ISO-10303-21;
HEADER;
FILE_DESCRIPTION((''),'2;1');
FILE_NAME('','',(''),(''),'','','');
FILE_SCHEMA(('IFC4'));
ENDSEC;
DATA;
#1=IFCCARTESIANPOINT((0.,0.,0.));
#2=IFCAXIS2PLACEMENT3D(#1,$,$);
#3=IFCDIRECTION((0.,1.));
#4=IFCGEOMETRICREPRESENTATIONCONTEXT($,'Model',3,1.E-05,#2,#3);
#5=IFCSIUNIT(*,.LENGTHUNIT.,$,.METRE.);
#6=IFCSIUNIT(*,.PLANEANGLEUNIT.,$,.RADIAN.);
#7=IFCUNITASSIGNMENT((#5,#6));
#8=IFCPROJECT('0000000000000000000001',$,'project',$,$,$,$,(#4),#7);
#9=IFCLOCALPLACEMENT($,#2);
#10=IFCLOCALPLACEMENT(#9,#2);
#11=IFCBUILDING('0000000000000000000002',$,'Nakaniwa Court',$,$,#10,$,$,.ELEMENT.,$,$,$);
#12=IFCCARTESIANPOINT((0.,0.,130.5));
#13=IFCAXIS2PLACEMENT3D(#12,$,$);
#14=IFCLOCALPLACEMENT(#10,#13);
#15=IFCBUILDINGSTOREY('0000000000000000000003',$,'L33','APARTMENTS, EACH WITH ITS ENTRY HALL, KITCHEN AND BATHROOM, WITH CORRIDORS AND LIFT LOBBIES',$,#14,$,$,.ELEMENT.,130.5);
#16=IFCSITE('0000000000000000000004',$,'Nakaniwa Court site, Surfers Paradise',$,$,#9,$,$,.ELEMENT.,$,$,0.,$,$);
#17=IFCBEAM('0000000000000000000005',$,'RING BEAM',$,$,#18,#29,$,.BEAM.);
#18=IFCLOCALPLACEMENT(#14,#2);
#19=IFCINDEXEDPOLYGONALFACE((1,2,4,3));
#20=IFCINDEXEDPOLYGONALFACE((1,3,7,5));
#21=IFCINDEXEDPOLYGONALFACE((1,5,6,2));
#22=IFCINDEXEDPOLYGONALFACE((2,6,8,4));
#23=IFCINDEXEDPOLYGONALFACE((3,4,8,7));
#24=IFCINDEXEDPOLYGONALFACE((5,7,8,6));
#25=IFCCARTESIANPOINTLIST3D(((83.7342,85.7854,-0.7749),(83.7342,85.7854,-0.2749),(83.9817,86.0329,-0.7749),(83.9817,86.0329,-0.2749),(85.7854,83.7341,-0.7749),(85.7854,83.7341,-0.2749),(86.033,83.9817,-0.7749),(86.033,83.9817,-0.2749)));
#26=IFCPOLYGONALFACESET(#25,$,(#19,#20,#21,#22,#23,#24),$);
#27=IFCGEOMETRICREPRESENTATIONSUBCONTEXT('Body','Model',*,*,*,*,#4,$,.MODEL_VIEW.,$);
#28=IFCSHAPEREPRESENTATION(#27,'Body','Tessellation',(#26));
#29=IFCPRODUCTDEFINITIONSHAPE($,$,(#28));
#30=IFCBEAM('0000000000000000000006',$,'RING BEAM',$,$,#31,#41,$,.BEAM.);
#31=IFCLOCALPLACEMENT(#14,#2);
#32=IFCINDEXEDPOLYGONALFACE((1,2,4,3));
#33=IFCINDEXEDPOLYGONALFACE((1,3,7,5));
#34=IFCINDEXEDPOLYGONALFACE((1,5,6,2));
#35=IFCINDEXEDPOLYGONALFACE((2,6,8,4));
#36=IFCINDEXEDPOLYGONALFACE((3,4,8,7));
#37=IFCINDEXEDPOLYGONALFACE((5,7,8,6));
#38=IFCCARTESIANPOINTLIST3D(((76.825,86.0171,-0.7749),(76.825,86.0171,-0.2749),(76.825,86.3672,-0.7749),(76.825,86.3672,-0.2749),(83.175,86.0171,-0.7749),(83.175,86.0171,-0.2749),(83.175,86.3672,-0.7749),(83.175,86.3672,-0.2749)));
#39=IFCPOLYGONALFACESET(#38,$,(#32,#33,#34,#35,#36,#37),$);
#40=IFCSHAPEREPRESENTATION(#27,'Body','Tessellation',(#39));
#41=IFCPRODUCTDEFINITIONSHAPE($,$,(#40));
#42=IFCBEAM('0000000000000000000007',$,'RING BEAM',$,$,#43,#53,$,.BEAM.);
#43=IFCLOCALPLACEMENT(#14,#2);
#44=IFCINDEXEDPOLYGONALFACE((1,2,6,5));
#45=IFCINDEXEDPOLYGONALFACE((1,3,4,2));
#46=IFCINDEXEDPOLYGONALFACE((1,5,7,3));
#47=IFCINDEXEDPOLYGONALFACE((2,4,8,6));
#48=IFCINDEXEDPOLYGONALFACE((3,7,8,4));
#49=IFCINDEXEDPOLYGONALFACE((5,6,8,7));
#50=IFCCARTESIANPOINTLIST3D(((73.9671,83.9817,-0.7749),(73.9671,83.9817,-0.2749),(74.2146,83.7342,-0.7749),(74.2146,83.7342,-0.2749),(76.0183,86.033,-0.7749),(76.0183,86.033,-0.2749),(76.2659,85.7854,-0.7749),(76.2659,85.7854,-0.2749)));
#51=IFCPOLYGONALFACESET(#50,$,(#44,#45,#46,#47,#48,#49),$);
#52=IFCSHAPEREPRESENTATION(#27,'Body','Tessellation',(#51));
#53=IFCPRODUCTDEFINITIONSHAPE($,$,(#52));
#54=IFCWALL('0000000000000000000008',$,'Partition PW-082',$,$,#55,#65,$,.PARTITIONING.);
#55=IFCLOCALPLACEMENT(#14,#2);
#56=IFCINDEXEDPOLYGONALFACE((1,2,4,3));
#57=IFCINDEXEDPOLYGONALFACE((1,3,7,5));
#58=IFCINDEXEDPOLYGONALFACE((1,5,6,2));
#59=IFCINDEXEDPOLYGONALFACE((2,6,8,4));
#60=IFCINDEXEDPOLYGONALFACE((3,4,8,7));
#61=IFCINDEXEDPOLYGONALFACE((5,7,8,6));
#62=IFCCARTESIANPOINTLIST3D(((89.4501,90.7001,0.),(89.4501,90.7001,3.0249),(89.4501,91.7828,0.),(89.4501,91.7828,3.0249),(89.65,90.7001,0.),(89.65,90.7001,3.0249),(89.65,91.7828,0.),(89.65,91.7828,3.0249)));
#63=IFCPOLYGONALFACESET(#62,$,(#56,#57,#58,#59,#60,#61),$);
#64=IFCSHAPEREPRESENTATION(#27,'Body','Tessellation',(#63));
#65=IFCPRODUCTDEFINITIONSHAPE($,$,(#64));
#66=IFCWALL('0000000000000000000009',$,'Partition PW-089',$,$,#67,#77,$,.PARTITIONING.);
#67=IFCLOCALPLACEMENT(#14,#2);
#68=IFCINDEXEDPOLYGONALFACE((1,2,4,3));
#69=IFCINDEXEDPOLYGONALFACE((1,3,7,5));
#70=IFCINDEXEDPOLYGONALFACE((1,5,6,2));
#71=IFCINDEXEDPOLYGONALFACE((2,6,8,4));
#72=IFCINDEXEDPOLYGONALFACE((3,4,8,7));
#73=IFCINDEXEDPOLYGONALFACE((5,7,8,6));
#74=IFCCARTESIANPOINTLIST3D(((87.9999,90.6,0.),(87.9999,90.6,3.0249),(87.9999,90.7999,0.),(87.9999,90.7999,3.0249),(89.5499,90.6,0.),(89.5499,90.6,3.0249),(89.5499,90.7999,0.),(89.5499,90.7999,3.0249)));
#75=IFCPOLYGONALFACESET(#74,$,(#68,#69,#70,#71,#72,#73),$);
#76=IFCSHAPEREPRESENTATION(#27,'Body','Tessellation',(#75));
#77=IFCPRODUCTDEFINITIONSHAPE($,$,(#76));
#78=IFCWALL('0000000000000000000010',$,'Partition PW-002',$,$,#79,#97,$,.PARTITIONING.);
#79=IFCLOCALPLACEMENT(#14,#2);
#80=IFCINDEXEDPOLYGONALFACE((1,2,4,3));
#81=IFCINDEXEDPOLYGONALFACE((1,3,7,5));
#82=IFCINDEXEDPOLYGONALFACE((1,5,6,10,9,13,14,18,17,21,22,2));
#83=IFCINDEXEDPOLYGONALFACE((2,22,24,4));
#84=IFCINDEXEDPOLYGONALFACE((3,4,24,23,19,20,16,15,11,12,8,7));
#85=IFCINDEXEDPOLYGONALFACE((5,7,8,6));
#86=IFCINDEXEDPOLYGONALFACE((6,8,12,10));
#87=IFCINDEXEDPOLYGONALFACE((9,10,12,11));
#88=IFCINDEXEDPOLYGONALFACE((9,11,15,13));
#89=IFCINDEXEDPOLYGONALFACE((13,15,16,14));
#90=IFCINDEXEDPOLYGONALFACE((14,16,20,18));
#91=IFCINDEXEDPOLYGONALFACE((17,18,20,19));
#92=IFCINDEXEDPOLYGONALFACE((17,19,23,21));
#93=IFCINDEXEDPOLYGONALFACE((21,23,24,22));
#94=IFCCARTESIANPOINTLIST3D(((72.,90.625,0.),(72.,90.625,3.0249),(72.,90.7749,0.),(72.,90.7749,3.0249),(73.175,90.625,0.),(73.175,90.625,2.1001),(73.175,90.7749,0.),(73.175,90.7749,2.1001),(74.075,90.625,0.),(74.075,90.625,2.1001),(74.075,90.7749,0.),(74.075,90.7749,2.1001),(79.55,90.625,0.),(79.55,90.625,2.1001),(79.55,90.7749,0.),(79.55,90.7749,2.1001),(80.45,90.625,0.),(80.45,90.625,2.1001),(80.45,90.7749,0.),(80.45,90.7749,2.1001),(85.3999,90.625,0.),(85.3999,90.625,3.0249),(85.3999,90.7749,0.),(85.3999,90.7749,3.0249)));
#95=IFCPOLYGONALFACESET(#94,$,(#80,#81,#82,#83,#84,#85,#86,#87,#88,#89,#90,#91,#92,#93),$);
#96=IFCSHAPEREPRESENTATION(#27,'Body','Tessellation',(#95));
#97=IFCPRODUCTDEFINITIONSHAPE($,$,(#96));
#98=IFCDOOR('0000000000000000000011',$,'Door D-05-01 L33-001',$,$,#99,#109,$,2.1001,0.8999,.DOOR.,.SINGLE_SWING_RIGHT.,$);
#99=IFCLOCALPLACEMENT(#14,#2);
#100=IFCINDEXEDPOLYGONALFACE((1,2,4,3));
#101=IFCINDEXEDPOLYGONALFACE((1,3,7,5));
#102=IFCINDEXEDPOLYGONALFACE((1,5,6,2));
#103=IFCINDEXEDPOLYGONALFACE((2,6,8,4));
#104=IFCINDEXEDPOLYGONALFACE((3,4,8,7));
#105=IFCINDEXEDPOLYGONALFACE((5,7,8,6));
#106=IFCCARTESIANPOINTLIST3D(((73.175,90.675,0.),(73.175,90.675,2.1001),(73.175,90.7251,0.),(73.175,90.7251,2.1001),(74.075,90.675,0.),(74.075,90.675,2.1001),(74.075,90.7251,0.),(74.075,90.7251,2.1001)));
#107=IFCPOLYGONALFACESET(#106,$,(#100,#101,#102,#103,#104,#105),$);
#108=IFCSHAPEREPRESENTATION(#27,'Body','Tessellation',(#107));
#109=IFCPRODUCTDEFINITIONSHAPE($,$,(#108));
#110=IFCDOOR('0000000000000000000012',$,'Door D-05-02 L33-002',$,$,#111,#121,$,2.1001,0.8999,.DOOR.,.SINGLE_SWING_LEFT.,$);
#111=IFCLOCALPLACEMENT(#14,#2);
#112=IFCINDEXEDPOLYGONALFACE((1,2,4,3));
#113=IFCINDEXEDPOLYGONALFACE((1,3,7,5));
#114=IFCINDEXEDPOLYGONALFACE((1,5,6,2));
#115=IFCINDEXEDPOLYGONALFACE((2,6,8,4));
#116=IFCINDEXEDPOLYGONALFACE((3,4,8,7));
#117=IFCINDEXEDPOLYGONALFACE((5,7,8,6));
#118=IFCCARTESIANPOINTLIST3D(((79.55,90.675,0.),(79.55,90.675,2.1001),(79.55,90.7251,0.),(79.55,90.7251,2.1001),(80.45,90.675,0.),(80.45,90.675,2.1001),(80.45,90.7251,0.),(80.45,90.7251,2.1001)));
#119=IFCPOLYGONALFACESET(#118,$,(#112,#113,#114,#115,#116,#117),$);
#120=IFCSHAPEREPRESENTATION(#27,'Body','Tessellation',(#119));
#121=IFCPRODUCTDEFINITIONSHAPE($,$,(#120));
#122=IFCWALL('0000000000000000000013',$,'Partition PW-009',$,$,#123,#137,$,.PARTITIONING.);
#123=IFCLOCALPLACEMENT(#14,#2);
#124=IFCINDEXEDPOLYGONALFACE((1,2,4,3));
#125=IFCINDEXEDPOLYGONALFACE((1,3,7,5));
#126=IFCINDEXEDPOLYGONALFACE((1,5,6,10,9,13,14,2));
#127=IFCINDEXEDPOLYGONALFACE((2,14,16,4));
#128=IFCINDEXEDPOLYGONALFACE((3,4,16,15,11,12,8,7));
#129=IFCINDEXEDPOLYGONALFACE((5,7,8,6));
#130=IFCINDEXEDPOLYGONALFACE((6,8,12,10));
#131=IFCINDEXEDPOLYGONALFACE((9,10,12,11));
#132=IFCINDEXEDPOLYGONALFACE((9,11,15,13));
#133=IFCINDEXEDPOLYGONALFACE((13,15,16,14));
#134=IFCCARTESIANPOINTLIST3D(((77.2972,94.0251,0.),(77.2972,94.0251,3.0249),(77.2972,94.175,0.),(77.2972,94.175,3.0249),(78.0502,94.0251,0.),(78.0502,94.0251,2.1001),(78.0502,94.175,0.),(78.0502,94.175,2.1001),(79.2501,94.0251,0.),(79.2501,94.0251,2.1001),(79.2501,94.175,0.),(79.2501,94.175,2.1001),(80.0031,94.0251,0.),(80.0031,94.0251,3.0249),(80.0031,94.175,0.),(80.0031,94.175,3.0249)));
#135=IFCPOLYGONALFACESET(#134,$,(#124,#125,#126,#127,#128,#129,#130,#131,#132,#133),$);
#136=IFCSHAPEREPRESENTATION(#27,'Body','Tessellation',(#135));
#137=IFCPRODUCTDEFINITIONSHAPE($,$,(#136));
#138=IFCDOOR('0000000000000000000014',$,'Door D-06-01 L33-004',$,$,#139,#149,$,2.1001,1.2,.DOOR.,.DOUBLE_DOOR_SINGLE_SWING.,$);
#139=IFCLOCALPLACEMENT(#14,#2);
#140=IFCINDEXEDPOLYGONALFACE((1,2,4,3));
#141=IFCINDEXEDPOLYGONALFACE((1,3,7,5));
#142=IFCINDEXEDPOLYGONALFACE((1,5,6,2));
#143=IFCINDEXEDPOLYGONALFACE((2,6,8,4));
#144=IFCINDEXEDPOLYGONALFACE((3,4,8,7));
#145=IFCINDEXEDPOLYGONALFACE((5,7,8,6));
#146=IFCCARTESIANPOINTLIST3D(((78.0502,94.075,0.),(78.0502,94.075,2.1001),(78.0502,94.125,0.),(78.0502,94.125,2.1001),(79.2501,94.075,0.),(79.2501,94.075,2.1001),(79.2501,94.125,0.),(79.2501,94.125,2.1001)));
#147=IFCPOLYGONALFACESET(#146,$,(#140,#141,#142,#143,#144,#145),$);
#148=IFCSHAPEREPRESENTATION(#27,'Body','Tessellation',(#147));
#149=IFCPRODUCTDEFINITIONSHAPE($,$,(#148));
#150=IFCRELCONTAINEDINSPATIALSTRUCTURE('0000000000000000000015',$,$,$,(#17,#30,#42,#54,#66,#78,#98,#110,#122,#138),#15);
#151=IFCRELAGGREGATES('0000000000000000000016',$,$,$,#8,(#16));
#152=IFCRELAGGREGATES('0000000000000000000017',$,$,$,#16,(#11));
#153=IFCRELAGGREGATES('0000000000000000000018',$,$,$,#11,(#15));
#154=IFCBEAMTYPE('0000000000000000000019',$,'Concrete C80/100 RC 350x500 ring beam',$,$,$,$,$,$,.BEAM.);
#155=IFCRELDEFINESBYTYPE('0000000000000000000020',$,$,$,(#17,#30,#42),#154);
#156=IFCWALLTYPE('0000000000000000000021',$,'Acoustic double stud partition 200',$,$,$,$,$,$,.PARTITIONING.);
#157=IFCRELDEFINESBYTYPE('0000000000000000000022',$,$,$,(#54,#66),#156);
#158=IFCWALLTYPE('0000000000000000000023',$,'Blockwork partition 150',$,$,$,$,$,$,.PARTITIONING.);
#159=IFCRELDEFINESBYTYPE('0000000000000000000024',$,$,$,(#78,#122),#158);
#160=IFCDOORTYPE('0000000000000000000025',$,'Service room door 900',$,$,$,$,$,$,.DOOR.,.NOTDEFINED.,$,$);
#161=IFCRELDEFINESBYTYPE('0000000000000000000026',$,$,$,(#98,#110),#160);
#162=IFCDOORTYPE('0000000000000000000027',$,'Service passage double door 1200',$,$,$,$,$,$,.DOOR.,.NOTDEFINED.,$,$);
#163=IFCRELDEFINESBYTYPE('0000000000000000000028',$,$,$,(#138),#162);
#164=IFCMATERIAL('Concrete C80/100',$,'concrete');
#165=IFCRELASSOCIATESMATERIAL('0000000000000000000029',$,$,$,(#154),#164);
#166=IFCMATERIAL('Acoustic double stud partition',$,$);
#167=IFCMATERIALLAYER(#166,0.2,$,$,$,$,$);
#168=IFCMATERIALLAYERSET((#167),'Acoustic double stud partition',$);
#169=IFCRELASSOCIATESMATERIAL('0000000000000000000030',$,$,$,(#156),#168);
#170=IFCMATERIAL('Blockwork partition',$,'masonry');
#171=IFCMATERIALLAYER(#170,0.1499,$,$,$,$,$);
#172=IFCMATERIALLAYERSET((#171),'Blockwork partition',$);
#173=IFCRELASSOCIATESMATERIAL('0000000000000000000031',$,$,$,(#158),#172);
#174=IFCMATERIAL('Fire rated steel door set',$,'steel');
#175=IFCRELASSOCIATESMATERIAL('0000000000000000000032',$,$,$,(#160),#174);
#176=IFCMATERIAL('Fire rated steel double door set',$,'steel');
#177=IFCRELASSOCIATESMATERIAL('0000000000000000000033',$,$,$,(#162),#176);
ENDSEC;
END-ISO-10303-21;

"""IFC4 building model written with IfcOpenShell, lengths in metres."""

from ifc_helpers import new_model, si_unit, direction, frame, frame_2d, origin, origin_2d, place, context, subcontext, project, spatial, rectangle, extrude, material, layer, layer_set, material_profile, profile_set, type_object, element, fill, save


model = new_model("IFC4")

# Units and contexts
model_context = context("Model", 3, precision=1e-05, world=origin(), true_north=direction((0.0, 1.0)))
body_context = subcontext(model_context, "Body", "Model", "MODEL_VIEW")
ifc_project = project(units=[si_unit("LENGTHUNIT", "METRE"), si_unit("PLANEANGLEUNIT", "RADIAN")], contexts=[model_context])

# Site, building, storey
site_placement = place(None, origin())
site = spatial("IfcSite", under=ifc_project, at=site_placement, Name="Nakaniwa Court site, Surfers Paradise", CompositionType="ELEMENT", RefElevation=0.0)
building_placement = place(site_placement, origin())
building = spatial("IfcBuilding", under=site, at=building_placement, Name="Nakaniwa Court", CompositionType="ELEMENT")
storey_placement = place(building_placement, frame((0.0, 0.0, 130.5)))
storey = spatial("IfcBuildingStorey", under=building, at=storey_placement, Name="L33", Description="APARTMENTS, EACH WITH ITS ENTRY HALL, KITCHEN AND BATHROOM, WITH CORRIDORS AND LIFT LOBBIES", CompositionType="ELEMENT", Elevation=130.5)

# Shared definitions
ifc_material_1 = material(Name="Concrete C80/100", Category="concrete")

# Beams
ifc_material_profile_1 = material_profile(ifc_material_1, rectangle(XDim=0.3501, YDim=0.5, at=origin_2d()), Name="Concrete C80/100 RC 350x500 ring beam")
ifc_profile_set_1 = profile_set([ifc_material_profile_1], Name="Concrete C80/100")
beam_type = type_object("IfcBeamType", Name="Concrete C80/100 RC 350x500 ring beam", PredefinedType="BEAM", material=ifc_profile_set_1)
beam_1_placement = place(storey_placement, frame((85.9092, 83.8579, -0.5249), z_axis=(-0.707107, 0.707107, 0.0), x_axis=(-0.707107, -0.707107, 0.0)))
element("IfcBeam", 1, at=beam_1_placement, inside=storey, type_object=beam_type, Name="RING BEAM", PredefinedType="BEAM", context=body_context, shape_type="SweptSolid", body=[
    extrude(rectangle(XDim=0.3501, YDim=0.5, at=origin_2d()), origin(), (0.0, 0.0, 1.0), 2.9009),
])
beam_2_placement = place(storey_placement, frame((83.175, 86.1921, -0.5249), z_axis=(-1.0, 0.0, 0.0), x_axis=(0.0, -1.0, 0.0)))
element("IfcBeam", 2, at=beam_2_placement, inside=storey, type_object=beam_type, Name="RING BEAM", PredefinedType="BEAM", context=body_context, shape_type="SweptSolid", body=[
    extrude(rectangle(XDim=0.3501, YDim=0.5, at=origin_2d()), origin(), (0.0, 0.0, 1.0), 6.3501),
])
beam_3_placement = place(storey_placement, frame((76.1421, 85.9092, -0.5249), z_axis=(-0.707107, -0.707107, 0.0), x_axis=(0.707107, -0.707107, 0.0)))
element("IfcBeam", 3, at=beam_3_placement, inside=storey, type_object=beam_type, Name="RING BEAM", PredefinedType="BEAM", context=body_context, shape_type="SweptSolid", body=[
    extrude(rectangle(XDim=0.3501, YDim=0.5, at=origin_2d()), origin(), (0.0, 0.0, 1.0), 2.9009),
])

# Walls
ifc_material_2 = material(Name="Acoustic double stud partition")
ifc_layer_1 = layer(ifc_material_2, 0.2)
ifc_layer_set_1 = layer_set([ifc_layer_1], Name="Acoustic double stud partition")
wall_type_1 = type_object("IfcWallType", Name="Acoustic double stud partition 200", PredefinedType="PARTITIONING", material=ifc_layer_set_1)
wall_1_placement = place(storey_placement, frame((89.55, 90.7, 0.0), z_axis=(0.0, 0.0, 1.0), x_axis=(0.0, 1.0, 0.0)))
element("IfcWall", 4, at=wall_1_placement, inside=storey, type_object=wall_type_1, Name="Partition PW-082", PredefinedType="PARTITIONING", context=body_context, shape_type="SweptSolid", body=[
    extrude(rectangle(XDim=1.0828, YDim=0.2, at=frame_2d((0.5415, 0.0))), origin(), (0.0, 0.0, 1.0), 3.0249),
])
wall_2_placement = place(storey_placement, frame((88.0, 90.7, 0.0), z_axis=(0.0, 0.0, 1.0), x_axis=(1.0, 0.0, 0.0)))
element("IfcWall", 5, at=wall_2_placement, inside=storey, type_object=wall_type_1, Name="Partition PW-089", PredefinedType="PARTITIONING", context=body_context, shape_type="SweptSolid", body=[
    extrude(rectangle(XDim=1.55, YDim=0.2, at=frame_2d((0.7749, 0.0))), origin(), (0.0, 0.0, 1.0), 3.0249),
])

# Wall, openings, doors
ifc_material_3 = material(Name="Blockwork partition", Category="masonry")
ifc_layer_2 = layer(ifc_material_3, 0.1499)
ifc_layer_set_2 = layer_set([ifc_layer_2], Name="Blockwork partition")
wall_type_2 = type_object("IfcWallType", Name="Blockwork partition 150", PredefinedType="PARTITIONING", material=ifc_layer_set_2)
wall_3_placement = place(storey_placement, frame((85.3999, 90.7, 0.0), z_axis=(0.0, 0.0, 1.0), x_axis=(-1.0, 0.0, 0.0)))
wall_3 = element("IfcWall", 6, at=wall_3_placement, inside=storey, type_object=wall_type_2, Name="Partition PW-002", PredefinedType="PARTITIONING", context=body_context, shape_type="SweptSolid", body=[
    extrude(rectangle(XDim=13.3999, YDim=0.1499, at=frame_2d((6.7, 0.0))), origin(), (0.0, 0.0, 1.0), 3.0249),
])
opening_1_placement = place(wall_3_placement, frame((11.325, 0.0, 0.0)))
opening_1 = element("IfcOpeningElement", 7, at=opening_1_placement, cuts=wall_3, PredefinedType="OPENING", context=body_context, shape_type="SweptSolid", body=[
    extrude(rectangle(XDim=0.8999, YDim=2.1001, at=frame_2d((0.45, 1.05))), frame((0.0, 0.085, 0.0), z_axis=(0.0, -1.0, 0.0), x_axis=(1.0, 0.0, 0.0)), (0.0, 0.0, 1.0), 0.1699),
])
opening_2_placement = place(wall_3_placement, frame((4.95, 0.0, 0.0)))
opening_2 = element("IfcOpeningElement", 8, at=opening_2_placement, cuts=wall_3, PredefinedType="OPENING", context=body_context, shape_type="SweptSolid", body=[
    extrude(rectangle(XDim=0.8999, YDim=2.1001, at=frame_2d((0.45, 1.05))), frame((0.0, 0.085, 0.0), z_axis=(0.0, -1.0, 0.0), x_axis=(1.0, 0.0, 0.0)), (0.0, 0.0, 1.0), 0.1699),
])
ifc_material_4 = material(Name="Fire rated steel door set", Category="steel")
door_type_1 = type_object("IfcDoorType", Name="Service room door 900", OperationType="NOTDEFINED", PredefinedType="DOOR", material=ifc_material_4)
door_1_placement = place(opening_1_placement, origin())
door_1 = element("IfcDoor", 9, at=door_1_placement, inside=storey, type_object=door_type_1, Name="Door D-05-01 L33-001", OperationType="SINGLE_SWING_RIGHT", OverallHeight=2.1001, OverallWidth=0.8999, PredefinedType="DOOR", context=body_context, shape_type="SweptSolid", body=[
    extrude(rectangle(XDim=0.8999, YDim=2.1001, at=frame_2d((0.45, 1.05))), frame((0.0, 0.0249, 0.0), z_axis=(0.0, -1.0, 0.0), x_axis=(1.0, 0.0, 0.0)), (0.0, 0.0, 1.0), 0.05),
])
fill(opening_1, door_1)
door_2_placement = place(opening_2_placement, origin())
door_2 = element("IfcDoor", 10, at=door_2_placement, inside=storey, type_object=door_type_1, Name="Door D-05-02 L33-002", OperationType="SINGLE_SWING_LEFT", OverallHeight=2.1001, OverallWidth=0.8999, PredefinedType="DOOR", context=body_context, shape_type="SweptSolid", body=[
    extrude(rectangle(XDim=0.8999, YDim=2.1001, at=frame_2d((0.45, 1.05))), frame((0.0, 0.0249, 0.0), z_axis=(0.0, -1.0, 0.0), x_axis=(1.0, 0.0, 0.0)), (0.0, 0.0, 1.0), 0.05),
])
fill(opening_2, door_2)

# Wall, opening, door
wall_4_placement = place(storey_placement, frame((77.2971, 94.1001, 0.0), z_axis=(0.0, 0.0, 1.0), x_axis=(1.0, 0.0, 0.0)))
wall_4 = element("IfcWall", 11, at=wall_4_placement, inside=storey, type_object=wall_type_2, Name="Partition PW-009", PredefinedType="PARTITIONING", context=body_context, shape_type="SweptSolid", body=[
    extrude(rectangle(XDim=2.7058, YDim=0.1499, at=frame_2d((1.353, 0.0))), origin(), (0.0, 0.0, 1.0), 3.0249),
])
opening_3_placement = place(wall_4_placement, frame((0.7529, 0.0, 0.0)))
opening_3 = element("IfcOpeningElement", 12, at=opening_3_placement, cuts=wall_4, PredefinedType="OPENING", context=body_context, shape_type="SweptSolid", body=[
    extrude(rectangle(XDim=1.2, YDim=2.1001, at=frame_2d((0.6001, 1.05))), frame((0.0, 0.085, 0.0), z_axis=(0.0, -1.0, 0.0), x_axis=(1.0, 0.0, 0.0)), (0.0, 0.0, 1.0), 0.1699),
])
ifc_material_5 = material(Name="Fire rated steel double door set", Category="steel")
door_type_2 = type_object("IfcDoorType", Name="Service passage double door 1200", OperationType="NOTDEFINED", PredefinedType="DOOR", material=ifc_material_5)
door_3_placement = place(opening_3_placement, origin())
door_3 = element("IfcDoor", 13, at=door_3_placement, inside=storey, type_object=door_type_2, Name="Door D-06-01 L33-004", OperationType="DOUBLE_DOOR_SINGLE_SWING", OverallHeight=2.1001, OverallWidth=1.2, PredefinedType="DOOR", context=body_context, shape_type="SweptSolid", body=[
    extrude(rectangle(XDim=1.2, YDim=2.1001, at=frame_2d((0.6001, 1.05))), frame((0.0, 0.0249, 0.0), z_axis=(0.0, -1.0, 0.0), x_axis=(1.0, 0.0, 0.0)), (0.0, 0.0, 1.0), 0.05),
])
fill(opening_3, door_3)

save(model, "model.ifc")
